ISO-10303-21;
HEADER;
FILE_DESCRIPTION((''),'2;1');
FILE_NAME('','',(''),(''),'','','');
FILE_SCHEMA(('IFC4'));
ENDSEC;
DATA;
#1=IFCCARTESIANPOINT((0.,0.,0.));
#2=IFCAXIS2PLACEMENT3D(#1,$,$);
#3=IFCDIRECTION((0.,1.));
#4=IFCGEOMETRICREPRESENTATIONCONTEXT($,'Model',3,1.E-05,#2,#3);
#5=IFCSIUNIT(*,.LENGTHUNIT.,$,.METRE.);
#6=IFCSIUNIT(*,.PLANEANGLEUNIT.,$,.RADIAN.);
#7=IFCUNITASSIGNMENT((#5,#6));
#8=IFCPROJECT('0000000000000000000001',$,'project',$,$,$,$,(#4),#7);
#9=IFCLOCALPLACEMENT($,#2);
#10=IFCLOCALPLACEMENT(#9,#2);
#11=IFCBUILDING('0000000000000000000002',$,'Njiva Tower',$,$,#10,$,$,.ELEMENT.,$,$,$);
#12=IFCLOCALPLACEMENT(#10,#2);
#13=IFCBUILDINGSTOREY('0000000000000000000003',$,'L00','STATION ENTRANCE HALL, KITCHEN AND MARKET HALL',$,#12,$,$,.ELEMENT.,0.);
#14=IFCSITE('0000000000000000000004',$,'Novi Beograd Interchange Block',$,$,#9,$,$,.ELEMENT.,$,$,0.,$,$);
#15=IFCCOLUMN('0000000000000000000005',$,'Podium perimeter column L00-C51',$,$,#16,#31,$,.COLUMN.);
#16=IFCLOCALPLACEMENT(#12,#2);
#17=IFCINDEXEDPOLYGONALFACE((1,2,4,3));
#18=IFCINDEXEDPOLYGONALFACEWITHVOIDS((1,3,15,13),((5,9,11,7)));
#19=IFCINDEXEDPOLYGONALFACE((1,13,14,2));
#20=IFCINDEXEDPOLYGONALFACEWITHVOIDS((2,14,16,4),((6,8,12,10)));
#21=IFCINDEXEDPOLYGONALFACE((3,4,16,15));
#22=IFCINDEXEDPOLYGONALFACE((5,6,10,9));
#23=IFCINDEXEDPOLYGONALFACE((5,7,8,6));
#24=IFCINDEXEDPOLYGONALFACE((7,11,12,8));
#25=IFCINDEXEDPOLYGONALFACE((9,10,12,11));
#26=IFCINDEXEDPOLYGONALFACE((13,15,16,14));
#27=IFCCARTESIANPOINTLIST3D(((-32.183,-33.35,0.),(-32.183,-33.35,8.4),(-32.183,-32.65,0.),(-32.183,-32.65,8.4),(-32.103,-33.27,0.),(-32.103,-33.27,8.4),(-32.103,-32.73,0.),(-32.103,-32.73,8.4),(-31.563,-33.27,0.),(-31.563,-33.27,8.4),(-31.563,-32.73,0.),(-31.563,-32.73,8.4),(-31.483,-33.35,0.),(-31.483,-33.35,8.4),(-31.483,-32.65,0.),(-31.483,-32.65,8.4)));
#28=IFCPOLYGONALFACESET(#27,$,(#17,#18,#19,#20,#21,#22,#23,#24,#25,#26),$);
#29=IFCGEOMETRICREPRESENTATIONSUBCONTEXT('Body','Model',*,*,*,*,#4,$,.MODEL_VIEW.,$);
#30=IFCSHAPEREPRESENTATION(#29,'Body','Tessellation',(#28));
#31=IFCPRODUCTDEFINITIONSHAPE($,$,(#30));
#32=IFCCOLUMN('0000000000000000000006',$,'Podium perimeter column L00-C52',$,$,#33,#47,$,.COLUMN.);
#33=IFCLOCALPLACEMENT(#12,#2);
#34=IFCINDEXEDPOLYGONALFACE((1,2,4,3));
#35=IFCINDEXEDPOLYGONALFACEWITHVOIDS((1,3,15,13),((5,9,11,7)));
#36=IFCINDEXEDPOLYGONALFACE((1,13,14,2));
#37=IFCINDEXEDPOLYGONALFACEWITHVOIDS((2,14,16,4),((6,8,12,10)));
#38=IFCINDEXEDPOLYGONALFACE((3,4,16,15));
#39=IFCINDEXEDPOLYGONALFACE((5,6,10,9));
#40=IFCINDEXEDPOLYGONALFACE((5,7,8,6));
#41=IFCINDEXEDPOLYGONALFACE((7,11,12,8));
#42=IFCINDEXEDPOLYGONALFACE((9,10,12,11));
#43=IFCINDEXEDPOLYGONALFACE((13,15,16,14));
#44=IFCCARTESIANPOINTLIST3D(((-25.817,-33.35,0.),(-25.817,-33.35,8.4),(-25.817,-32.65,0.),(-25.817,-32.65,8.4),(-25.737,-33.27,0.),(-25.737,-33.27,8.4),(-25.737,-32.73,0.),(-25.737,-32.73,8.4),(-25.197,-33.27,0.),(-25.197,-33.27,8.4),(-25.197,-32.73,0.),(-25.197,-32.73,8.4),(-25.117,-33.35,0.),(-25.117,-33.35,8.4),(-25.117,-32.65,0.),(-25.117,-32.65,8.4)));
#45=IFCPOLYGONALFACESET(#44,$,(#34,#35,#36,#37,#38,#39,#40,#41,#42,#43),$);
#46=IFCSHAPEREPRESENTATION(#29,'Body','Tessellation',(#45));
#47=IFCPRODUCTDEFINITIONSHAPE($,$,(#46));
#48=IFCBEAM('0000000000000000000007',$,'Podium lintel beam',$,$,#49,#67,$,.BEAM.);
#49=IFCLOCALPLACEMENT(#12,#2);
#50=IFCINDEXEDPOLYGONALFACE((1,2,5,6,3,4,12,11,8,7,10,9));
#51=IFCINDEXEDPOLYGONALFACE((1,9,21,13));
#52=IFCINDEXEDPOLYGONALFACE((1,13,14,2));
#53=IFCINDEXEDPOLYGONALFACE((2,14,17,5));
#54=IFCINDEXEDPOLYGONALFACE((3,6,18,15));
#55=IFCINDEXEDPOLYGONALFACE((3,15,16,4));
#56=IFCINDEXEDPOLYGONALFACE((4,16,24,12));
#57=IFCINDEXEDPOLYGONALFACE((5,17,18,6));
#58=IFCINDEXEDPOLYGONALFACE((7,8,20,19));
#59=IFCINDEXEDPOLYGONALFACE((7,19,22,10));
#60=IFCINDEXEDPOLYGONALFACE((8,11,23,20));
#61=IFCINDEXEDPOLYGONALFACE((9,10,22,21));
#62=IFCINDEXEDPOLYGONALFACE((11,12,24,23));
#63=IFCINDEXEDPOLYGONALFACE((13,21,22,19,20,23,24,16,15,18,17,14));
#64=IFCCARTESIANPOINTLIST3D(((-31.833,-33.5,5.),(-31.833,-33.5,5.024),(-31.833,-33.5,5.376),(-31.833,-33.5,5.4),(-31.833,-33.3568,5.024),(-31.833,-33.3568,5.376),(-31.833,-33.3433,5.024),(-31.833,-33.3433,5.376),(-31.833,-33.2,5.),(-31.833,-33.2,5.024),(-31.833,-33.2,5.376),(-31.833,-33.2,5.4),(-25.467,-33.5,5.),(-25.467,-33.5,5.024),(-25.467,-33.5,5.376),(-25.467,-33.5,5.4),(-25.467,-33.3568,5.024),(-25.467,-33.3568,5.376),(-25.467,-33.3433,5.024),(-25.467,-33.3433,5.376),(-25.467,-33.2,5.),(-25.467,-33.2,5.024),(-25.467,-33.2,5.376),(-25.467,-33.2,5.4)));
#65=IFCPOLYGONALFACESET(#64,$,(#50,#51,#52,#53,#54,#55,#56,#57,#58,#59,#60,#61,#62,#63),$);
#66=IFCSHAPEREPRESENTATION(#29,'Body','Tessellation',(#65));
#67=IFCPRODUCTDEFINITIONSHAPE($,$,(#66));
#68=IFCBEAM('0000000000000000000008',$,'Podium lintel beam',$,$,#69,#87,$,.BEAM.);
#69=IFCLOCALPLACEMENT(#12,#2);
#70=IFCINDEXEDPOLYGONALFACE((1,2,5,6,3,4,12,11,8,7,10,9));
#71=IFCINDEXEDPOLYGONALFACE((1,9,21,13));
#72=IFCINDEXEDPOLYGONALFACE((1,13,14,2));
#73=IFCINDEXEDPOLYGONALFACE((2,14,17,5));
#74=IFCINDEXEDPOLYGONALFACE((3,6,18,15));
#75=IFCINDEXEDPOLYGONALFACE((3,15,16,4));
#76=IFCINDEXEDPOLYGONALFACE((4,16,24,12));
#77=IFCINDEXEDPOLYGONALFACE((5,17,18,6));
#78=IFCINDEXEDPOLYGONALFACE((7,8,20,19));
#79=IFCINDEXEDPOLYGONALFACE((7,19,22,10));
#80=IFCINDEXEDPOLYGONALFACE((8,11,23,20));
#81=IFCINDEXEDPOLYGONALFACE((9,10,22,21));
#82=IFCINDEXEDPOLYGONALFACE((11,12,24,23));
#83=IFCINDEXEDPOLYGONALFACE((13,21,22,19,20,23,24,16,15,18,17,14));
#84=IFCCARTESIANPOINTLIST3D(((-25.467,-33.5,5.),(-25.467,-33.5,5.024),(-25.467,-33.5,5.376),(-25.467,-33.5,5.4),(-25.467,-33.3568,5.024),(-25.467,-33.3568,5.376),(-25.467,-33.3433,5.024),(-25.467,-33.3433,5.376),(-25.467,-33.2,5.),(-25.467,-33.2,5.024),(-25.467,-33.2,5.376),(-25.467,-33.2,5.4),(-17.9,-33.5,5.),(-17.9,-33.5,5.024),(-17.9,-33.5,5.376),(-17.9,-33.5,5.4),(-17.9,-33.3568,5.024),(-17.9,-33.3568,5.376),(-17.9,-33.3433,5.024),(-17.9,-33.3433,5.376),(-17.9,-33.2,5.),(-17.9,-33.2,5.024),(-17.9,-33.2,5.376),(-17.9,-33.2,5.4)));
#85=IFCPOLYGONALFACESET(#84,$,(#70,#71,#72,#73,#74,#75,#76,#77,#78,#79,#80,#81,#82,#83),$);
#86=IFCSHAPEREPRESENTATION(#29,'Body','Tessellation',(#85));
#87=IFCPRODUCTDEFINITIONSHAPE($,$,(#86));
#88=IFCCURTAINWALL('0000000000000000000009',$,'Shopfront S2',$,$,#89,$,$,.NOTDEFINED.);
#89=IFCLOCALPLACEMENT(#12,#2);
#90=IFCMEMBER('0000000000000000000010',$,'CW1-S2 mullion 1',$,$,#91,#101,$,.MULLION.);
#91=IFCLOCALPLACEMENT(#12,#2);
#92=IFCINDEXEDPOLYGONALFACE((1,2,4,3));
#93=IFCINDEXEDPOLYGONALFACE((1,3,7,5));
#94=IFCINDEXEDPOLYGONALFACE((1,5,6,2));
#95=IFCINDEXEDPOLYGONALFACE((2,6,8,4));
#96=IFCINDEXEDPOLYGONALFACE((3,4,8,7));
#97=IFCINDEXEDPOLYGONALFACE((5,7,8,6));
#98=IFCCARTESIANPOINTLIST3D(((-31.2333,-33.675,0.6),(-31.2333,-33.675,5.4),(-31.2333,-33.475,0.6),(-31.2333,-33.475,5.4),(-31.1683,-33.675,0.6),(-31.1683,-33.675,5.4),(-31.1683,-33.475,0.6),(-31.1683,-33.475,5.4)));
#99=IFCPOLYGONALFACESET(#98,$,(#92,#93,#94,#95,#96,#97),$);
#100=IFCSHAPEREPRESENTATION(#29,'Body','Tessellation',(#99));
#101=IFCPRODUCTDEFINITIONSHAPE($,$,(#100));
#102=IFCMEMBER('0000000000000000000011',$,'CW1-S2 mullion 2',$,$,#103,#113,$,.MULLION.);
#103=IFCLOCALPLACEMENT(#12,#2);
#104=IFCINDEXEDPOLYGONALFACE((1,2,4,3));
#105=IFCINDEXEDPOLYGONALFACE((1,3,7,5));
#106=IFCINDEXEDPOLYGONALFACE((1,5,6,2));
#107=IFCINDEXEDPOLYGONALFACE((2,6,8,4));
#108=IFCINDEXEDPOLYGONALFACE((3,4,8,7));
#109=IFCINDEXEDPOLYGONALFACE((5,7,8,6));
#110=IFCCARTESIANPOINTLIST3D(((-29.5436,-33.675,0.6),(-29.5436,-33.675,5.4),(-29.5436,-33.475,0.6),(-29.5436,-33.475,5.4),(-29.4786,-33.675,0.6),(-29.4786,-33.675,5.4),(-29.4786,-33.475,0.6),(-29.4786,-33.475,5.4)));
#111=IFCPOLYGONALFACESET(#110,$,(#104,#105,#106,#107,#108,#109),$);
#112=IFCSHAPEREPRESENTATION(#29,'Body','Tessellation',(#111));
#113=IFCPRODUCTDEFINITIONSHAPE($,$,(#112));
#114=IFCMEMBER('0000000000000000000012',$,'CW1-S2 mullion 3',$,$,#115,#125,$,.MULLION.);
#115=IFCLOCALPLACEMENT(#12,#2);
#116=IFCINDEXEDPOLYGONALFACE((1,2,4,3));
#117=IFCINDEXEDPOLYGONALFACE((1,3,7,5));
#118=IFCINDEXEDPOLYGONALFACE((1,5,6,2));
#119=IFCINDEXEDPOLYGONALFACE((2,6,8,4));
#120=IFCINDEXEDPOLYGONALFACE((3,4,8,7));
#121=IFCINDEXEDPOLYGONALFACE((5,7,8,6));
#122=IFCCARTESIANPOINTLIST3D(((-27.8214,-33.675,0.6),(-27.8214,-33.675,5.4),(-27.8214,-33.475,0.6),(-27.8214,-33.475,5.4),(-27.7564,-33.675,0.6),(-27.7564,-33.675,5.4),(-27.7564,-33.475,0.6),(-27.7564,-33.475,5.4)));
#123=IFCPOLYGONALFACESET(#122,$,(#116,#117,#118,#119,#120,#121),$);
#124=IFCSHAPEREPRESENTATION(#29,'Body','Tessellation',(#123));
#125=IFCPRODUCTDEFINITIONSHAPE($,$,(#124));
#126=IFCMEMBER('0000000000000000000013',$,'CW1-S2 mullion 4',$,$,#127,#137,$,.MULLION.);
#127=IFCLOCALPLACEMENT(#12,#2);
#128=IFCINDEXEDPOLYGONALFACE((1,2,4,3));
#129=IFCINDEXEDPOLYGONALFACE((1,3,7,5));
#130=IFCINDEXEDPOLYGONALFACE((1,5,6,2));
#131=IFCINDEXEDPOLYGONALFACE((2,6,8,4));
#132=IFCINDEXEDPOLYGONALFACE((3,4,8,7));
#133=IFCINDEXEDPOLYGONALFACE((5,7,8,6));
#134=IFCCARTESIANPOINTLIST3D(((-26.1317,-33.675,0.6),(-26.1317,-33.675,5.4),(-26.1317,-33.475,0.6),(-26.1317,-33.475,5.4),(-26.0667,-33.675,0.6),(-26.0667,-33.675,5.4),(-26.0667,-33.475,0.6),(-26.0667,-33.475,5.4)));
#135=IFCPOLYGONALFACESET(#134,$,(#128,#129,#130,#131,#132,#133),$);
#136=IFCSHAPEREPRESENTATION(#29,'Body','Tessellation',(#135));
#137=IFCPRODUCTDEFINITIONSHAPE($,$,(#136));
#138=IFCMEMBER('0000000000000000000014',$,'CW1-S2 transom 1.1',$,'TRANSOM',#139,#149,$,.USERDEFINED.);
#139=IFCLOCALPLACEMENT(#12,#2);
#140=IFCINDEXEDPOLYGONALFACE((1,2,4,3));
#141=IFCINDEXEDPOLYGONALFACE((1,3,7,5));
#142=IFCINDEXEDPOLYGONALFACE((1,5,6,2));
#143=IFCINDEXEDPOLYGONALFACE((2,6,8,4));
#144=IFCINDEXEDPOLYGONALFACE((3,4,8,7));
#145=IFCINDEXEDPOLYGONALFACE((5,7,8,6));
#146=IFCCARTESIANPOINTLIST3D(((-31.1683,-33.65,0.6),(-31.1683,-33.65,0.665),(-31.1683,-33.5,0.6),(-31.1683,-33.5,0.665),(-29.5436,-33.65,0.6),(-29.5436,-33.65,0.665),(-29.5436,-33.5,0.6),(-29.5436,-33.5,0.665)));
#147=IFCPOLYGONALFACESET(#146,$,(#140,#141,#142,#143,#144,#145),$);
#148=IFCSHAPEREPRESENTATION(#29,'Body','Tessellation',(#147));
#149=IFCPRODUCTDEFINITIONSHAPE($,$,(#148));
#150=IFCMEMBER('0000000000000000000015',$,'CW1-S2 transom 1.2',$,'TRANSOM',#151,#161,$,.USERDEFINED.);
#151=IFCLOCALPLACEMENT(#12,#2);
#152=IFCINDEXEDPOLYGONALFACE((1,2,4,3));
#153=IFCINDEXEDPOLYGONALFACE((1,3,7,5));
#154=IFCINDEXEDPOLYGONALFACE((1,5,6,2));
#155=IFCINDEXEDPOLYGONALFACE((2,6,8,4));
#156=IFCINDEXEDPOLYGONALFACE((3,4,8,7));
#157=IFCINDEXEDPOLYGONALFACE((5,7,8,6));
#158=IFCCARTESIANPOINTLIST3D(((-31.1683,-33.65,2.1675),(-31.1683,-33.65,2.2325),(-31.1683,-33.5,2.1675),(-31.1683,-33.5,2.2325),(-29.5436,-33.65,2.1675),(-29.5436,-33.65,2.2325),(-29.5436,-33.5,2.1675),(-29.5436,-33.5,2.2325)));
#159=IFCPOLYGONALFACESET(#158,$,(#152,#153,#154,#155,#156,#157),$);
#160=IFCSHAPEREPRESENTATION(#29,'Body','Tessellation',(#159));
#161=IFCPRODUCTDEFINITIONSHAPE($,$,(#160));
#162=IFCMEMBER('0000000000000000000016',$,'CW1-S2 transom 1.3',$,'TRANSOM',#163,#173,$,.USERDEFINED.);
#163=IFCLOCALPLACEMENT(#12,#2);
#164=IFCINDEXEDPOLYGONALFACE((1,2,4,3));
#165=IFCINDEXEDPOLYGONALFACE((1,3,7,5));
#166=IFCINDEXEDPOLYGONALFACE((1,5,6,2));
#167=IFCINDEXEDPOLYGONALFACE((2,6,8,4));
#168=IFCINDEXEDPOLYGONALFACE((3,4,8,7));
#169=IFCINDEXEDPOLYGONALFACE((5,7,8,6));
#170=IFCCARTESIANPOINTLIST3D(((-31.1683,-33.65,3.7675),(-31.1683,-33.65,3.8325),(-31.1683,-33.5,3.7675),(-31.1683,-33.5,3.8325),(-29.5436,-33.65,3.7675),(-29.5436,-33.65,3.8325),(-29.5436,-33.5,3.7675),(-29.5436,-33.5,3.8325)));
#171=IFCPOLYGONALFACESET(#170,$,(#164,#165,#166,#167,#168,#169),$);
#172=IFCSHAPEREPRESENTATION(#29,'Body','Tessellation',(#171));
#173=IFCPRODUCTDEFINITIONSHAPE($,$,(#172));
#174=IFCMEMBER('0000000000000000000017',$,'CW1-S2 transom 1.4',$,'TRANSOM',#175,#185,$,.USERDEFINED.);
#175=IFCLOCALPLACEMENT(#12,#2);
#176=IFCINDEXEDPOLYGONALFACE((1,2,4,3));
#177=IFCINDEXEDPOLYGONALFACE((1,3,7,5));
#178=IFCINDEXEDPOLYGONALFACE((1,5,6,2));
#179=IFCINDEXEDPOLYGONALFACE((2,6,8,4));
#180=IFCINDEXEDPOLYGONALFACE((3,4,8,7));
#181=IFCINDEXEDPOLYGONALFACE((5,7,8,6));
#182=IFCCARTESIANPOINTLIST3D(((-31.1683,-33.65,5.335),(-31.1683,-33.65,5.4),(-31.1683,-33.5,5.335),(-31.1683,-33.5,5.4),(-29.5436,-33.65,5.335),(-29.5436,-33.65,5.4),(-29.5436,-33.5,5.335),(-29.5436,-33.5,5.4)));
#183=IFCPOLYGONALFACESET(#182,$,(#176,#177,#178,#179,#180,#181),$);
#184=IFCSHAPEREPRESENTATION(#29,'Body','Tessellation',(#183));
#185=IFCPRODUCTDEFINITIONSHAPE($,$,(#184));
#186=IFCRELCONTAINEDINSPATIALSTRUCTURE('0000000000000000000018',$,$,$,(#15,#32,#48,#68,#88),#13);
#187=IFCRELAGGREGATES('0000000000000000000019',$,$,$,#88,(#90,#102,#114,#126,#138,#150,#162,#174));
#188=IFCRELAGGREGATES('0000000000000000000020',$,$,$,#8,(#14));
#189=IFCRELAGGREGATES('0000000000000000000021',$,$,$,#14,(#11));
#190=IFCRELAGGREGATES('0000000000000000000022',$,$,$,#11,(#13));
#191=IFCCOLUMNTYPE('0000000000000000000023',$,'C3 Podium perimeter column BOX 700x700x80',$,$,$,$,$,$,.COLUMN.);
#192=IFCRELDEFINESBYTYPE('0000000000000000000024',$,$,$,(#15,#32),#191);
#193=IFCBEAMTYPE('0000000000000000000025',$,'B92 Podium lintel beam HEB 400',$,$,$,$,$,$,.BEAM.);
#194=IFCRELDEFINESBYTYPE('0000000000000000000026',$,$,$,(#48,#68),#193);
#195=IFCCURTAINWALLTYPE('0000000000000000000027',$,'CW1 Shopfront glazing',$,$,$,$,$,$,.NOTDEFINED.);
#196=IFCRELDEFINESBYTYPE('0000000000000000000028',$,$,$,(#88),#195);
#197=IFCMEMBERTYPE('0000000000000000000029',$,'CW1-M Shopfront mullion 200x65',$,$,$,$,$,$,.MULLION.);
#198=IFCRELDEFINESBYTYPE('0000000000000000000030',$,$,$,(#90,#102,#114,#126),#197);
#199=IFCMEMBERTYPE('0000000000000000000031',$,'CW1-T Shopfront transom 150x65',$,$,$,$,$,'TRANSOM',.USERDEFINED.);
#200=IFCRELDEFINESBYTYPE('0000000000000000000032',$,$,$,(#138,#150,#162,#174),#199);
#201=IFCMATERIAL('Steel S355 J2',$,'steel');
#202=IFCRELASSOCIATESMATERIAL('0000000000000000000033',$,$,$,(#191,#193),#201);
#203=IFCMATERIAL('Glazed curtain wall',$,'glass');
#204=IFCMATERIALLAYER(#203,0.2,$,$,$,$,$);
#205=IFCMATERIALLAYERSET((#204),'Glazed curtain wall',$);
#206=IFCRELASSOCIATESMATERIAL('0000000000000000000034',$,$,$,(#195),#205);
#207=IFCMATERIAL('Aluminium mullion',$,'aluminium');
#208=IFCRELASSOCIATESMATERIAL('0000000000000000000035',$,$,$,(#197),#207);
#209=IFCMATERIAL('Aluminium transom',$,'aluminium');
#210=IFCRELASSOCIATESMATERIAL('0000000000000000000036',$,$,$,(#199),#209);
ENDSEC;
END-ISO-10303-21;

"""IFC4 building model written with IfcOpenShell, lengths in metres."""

from ifc_helpers import new_model, si_unit, direction, frame, origin, origin_2d, place, context, subcontext, project, spatial, rectangle, hollow_rectangle, i_section, extrude, material, layer, layer_set, material_profile, profile_set, type_object, element, aggregate, save


model = new_model("IFC4")

# Units and contexts
model_context = context("Model", 3, precision=1e-05, world=origin(), true_north=direction((0.0, 1.0)))
body_context = subcontext(model_context, "Body", "Model", "MODEL_VIEW")
ifc_project = project(units=[si_unit("LENGTHUNIT", "METRE"), si_unit("PLANEANGLEUNIT", "RADIAN")], contexts=[model_context])

# Site, building, storey
site_placement = place(None, origin())
site = spatial("IfcSite", under=ifc_project, at=site_placement, Name="Novi Beograd Interchange Block", CompositionType="ELEMENT", RefElevation=0.0)
building_placement = place(site_placement, origin())
building = spatial("IfcBuilding", under=site, at=building_placement, Name="Njiva Tower", CompositionType="ELEMENT")
storey_placement = place(building_placement, origin())
storey = spatial("IfcBuildingStorey", under=building, at=storey_placement, Name="L00", Description="STATION ENTRANCE HALL, KITCHEN AND MARKET HALL", CompositionType="ELEMENT", Elevation=0.0)

# Columns
ifc_material_1 = material(Name="Steel S355 J2", Category="steel")
ifc_material_profile_1 = material_profile(ifc_material_1, hollow_rectangle(XDim=0.7, YDim=0.7, WallThickness=0.08, at=origin_2d()), Name="BOX 700x700x80")
ifc_profile_set_1 = profile_set([ifc_material_profile_1], Name="Steel S355 J2")
column_type = type_object("IfcColumnType", Name="C3 Podium perimeter column BOX 700x700x80", PredefinedType="COLUMN", material=ifc_profile_set_1)
for number, where, z_axis, x_axis, name in (
    (1, (-31.833, -33.0, 0.0), (0.0, 0.0, 1.0), (1.0, 0.0, 0.0), "Podium perimeter column L00-C51"),
    (2, (-25.467, -33.0, 0.0), (0.0, 0.0, 1.0), (1.0, 0.0, 0.0), "Podium perimeter column L00-C52"),
):
    element("IfcColumn", number, at=place(storey_placement, frame(where, z_axis=z_axis, x_axis=x_axis)), inside=storey, type_object=column_type, Name=name, PredefinedType="COLUMN", context=body_context, shape_type="SweptSolid", body=[
        extrude(hollow_rectangle(XDim=0.7, YDim=0.7, WallThickness=0.08, at=origin_2d()), origin(), (0.0, 0.0, 1.0), 8.4),
    ])

# Beams
ifc_material_profile_2 = material_profile(ifc_material_1, i_section(OverallWidth=0.3, OverallDepth=0.4, WebThickness=0.0135, FlangeThickness=0.024, at=origin_2d()), Name="HEB400")
ifc_profile_set_2 = profile_set([ifc_material_profile_2], Name="Steel S355 J2")
beam_type = type_object("IfcBeamType", Name="B92 Podium lintel beam HEB 400", PredefinedType="BEAM", material=ifc_profile_set_2)
beam_1_placement = place(storey_placement, frame((-31.833, -33.35, 5.2), z_axis=(1.0, 0.0, 0.0), x_axis=(0.0, 1.0, 0.0)))
element("IfcBeam", 3, at=beam_1_placement, inside=storey, type_object=beam_type, Name="Podium lintel beam", PredefinedType="BEAM", context=body_context, shape_type="SweptSolid", body=[
    extrude(i_section(OverallWidth=0.3, OverallDepth=0.4, WebThickness=0.0135, FlangeThickness=0.024, at=origin_2d()), origin(), (0.0, 0.0, 1.0), 6.366),
])
beam_2_placement = place(storey_placement, frame((-25.467, -33.35, 5.2), z_axis=(1.0, 0.0, 0.0), x_axis=(0.0, 1.0, 0.0)))
element("IfcBeam", 4, at=beam_2_placement, inside=storey, type_object=beam_type, Name="Podium lintel beam", PredefinedType="BEAM", context=body_context, shape_type="SweptSolid", body=[
    extrude(i_section(OverallWidth=0.3, OverallDepth=0.4, WebThickness=0.0135, FlangeThickness=0.024, at=origin_2d()), origin(), (0.0, 0.0, 1.0), 7.567),
])

# Curtain wall, members
ifc_material_2 = material(Name="Glazed curtain wall", Category="glass")
ifc_layer_1 = layer(ifc_material_2, 0.2)
ifc_layer_set_1 = layer_set([ifc_layer_1], Name="Glazed curtain wall")
curtain_wall_type = type_object("IfcCurtainWallType", Name="CW1 Shopfront glazing", PredefinedType="NOTDEFINED", material=ifc_layer_set_1)
curtain_wall_placement = place(storey_placement, origin())
curtain_wall = element("IfcCurtainWall", 5, at=curtain_wall_placement, inside=storey, type_object=curtain_wall_type, Name="Shopfront S2", PredefinedType="NOTDEFINED")
ifc_material_3 = material(Name="Aluminium mullion", Category="aluminium")
ifc_material_profile_3 = material_profile(ifc_material_3, rectangle(XDim=0.2, YDim=0.065, at=origin_2d()), Name="RECT 200x65")
ifc_profile_set_3 = profile_set([ifc_material_profile_3], Name="Aluminium mullion")
member_type_1 = type_object("IfcMemberType", Name="CW1-M Shopfront mullion 200x65", PredefinedType="MULLION", material=ifc_profile_set_3)
member_1_placement = place(storey_placement, frame((-31.2008, -33.575, 0.6), z_axis=(0.0, 0.0, 1.0), x_axis=(0.0, 1.0, 0.0)))
member_1 = element("IfcMember", 6, at=member_1_placement, type_object=member_type_1, Name="CW1-S2 mullion 1", PredefinedType="MULLION", context=body_context, shape_type="SweptSolid", body=[
    extrude(rectangle(XDim=0.2, YDim=0.065, at=origin_2d()), origin(), (0.0, 0.0, 1.0), 4.8),
])
member_2_placement = place(storey_placement, frame((-29.5111, -33.575, 0.6), z_axis=(0.0, 0.0, 1.0), x_axis=(0.0, 1.0, 0.0)))
member_2 = element("IfcMember", 7, at=member_2_placement, type_object=member_type_1, Name="CW1-S2 mullion 2", PredefinedType="MULLION", context=body_context, shape_type="SweptSolid", body=[
    extrude(rectangle(XDim=0.2, YDim=0.065, at=origin_2d()), origin(), (0.0, 0.0, 1.0), 4.8),
])
member_3_placement = place(storey_placement, frame((-27.7889, -33.575, 0.6), z_axis=(0.0, 0.0, 1.0), x_axis=(0.0, 1.0, 0.0)))
member_3 = element("IfcMember", 8, at=member_3_placement, type_object=member_type_1, Name="CW1-S2 mullion 3", PredefinedType="MULLION", context=body_context, shape_type="SweptSolid", body=[
    extrude(rectangle(XDim=0.2, YDim=0.065, at=origin_2d()), origin(), (0.0, 0.0, 1.0), 4.8),
])
member_4_placement = place(storey_placement, frame((-26.0992, -33.575, 0.6), z_axis=(0.0, 0.0, 1.0), x_axis=(0.0, 1.0, 0.0)))
member_4 = element("IfcMember", 9, at=member_4_placement, type_object=member_type_1, Name="CW1-S2 mullion 4", PredefinedType="MULLION", context=body_context, shape_type="SweptSolid", body=[
    extrude(rectangle(XDim=0.2, YDim=0.065, at=origin_2d()), origin(), (0.0, 0.0, 1.0), 4.8),
])
ifc_material_4 = material(Name="Aluminium transom", Category="aluminium")
ifc_material_profile_4 = material_profile(ifc_material_4, rectangle(XDim=0.15, YDim=0.065, at=origin_2d()), Name="RECT 150x65")
ifc_profile_set_4 = profile_set([ifc_material_profile_4], Name="Aluminium transom")
member_type_2 = type_object("IfcMemberType", Name="CW1-T Shopfront transom 150x65", ElementType="TRANSOM", PredefinedType="USERDEFINED", material=ifc_profile_set_4)
member_5_placement = place(storey_placement, frame((-31.1683, -33.575, 0.6325), z_axis=(1.0, 0.0, 0.0), x_axis=(0.0, 1.0, 0.0)))
member_5 = element("IfcMember", 10, at=member_5_placement, type_object=member_type_2, Name="CW1-S2 transom 1.1", ObjectType="TRANSOM", PredefinedType="USERDEFINED", context=body_context, shape_type="SweptSolid", body=[
    extrude(rectangle(XDim=0.15, YDim=0.065, at=origin_2d()), origin(), (0.0, 0.0, 1.0), 1.6247),
])
member_6_placement = place(storey_placement, frame((-31.1683, -33.575, 2.2), z_axis=(1.0, 0.0, 0.0), x_axis=(0.0, 1.0, 0.0)))
member_6 = element("IfcMember", 11, at=member_6_placement, type_object=member_type_2, Name="CW1-S2 transom 1.2", ObjectType="TRANSOM", PredefinedType="USERDEFINED", context=body_context, shape_type="SweptSolid", body=[
    extrude(rectangle(XDim=0.15, YDim=0.065, at=origin_2d()), origin(), (0.0, 0.0, 1.0), 1.6247),
])
member_7_placement = place(storey_placement, frame((-31.1683, -33.575, 3.8), z_axis=(1.0, 0.0, 0.0), x_axis=(0.0, 1.0, 0.0)))
member_7 = element("IfcMember", 12, at=member_7_placement, type_object=member_type_2, Name="CW1-S2 transom 1.3", ObjectType="TRANSOM", PredefinedType="USERDEFINED", context=body_context, shape_type="SweptSolid", body=[
    extrude(rectangle(XDim=0.15, YDim=0.065, at=origin_2d()), origin(), (0.0, 0.0, 1.0), 1.6247),
])
member_8_placement = place(storey_placement, frame((-31.1683, -33.575, 5.3675), z_axis=(1.0, 0.0, 0.0), x_axis=(0.0, 1.0, 0.0)))
member_8 = element("IfcMember", 13, at=member_8_placement, type_object=member_type_2, Name="CW1-S2 transom 1.4", ObjectType="TRANSOM", PredefinedType="USERDEFINED", context=body_context, shape_type="SweptSolid", body=[
    extrude(rectangle(XDim=0.15, YDim=0.065, at=origin_2d()), origin(), (0.0, 0.0, 1.0), 1.6247),
])
aggregate(curtain_wall, [member_1, member_2, member_3, member_4, member_5, member_6, member_7, member_8])

save(model, "model.ifc")
